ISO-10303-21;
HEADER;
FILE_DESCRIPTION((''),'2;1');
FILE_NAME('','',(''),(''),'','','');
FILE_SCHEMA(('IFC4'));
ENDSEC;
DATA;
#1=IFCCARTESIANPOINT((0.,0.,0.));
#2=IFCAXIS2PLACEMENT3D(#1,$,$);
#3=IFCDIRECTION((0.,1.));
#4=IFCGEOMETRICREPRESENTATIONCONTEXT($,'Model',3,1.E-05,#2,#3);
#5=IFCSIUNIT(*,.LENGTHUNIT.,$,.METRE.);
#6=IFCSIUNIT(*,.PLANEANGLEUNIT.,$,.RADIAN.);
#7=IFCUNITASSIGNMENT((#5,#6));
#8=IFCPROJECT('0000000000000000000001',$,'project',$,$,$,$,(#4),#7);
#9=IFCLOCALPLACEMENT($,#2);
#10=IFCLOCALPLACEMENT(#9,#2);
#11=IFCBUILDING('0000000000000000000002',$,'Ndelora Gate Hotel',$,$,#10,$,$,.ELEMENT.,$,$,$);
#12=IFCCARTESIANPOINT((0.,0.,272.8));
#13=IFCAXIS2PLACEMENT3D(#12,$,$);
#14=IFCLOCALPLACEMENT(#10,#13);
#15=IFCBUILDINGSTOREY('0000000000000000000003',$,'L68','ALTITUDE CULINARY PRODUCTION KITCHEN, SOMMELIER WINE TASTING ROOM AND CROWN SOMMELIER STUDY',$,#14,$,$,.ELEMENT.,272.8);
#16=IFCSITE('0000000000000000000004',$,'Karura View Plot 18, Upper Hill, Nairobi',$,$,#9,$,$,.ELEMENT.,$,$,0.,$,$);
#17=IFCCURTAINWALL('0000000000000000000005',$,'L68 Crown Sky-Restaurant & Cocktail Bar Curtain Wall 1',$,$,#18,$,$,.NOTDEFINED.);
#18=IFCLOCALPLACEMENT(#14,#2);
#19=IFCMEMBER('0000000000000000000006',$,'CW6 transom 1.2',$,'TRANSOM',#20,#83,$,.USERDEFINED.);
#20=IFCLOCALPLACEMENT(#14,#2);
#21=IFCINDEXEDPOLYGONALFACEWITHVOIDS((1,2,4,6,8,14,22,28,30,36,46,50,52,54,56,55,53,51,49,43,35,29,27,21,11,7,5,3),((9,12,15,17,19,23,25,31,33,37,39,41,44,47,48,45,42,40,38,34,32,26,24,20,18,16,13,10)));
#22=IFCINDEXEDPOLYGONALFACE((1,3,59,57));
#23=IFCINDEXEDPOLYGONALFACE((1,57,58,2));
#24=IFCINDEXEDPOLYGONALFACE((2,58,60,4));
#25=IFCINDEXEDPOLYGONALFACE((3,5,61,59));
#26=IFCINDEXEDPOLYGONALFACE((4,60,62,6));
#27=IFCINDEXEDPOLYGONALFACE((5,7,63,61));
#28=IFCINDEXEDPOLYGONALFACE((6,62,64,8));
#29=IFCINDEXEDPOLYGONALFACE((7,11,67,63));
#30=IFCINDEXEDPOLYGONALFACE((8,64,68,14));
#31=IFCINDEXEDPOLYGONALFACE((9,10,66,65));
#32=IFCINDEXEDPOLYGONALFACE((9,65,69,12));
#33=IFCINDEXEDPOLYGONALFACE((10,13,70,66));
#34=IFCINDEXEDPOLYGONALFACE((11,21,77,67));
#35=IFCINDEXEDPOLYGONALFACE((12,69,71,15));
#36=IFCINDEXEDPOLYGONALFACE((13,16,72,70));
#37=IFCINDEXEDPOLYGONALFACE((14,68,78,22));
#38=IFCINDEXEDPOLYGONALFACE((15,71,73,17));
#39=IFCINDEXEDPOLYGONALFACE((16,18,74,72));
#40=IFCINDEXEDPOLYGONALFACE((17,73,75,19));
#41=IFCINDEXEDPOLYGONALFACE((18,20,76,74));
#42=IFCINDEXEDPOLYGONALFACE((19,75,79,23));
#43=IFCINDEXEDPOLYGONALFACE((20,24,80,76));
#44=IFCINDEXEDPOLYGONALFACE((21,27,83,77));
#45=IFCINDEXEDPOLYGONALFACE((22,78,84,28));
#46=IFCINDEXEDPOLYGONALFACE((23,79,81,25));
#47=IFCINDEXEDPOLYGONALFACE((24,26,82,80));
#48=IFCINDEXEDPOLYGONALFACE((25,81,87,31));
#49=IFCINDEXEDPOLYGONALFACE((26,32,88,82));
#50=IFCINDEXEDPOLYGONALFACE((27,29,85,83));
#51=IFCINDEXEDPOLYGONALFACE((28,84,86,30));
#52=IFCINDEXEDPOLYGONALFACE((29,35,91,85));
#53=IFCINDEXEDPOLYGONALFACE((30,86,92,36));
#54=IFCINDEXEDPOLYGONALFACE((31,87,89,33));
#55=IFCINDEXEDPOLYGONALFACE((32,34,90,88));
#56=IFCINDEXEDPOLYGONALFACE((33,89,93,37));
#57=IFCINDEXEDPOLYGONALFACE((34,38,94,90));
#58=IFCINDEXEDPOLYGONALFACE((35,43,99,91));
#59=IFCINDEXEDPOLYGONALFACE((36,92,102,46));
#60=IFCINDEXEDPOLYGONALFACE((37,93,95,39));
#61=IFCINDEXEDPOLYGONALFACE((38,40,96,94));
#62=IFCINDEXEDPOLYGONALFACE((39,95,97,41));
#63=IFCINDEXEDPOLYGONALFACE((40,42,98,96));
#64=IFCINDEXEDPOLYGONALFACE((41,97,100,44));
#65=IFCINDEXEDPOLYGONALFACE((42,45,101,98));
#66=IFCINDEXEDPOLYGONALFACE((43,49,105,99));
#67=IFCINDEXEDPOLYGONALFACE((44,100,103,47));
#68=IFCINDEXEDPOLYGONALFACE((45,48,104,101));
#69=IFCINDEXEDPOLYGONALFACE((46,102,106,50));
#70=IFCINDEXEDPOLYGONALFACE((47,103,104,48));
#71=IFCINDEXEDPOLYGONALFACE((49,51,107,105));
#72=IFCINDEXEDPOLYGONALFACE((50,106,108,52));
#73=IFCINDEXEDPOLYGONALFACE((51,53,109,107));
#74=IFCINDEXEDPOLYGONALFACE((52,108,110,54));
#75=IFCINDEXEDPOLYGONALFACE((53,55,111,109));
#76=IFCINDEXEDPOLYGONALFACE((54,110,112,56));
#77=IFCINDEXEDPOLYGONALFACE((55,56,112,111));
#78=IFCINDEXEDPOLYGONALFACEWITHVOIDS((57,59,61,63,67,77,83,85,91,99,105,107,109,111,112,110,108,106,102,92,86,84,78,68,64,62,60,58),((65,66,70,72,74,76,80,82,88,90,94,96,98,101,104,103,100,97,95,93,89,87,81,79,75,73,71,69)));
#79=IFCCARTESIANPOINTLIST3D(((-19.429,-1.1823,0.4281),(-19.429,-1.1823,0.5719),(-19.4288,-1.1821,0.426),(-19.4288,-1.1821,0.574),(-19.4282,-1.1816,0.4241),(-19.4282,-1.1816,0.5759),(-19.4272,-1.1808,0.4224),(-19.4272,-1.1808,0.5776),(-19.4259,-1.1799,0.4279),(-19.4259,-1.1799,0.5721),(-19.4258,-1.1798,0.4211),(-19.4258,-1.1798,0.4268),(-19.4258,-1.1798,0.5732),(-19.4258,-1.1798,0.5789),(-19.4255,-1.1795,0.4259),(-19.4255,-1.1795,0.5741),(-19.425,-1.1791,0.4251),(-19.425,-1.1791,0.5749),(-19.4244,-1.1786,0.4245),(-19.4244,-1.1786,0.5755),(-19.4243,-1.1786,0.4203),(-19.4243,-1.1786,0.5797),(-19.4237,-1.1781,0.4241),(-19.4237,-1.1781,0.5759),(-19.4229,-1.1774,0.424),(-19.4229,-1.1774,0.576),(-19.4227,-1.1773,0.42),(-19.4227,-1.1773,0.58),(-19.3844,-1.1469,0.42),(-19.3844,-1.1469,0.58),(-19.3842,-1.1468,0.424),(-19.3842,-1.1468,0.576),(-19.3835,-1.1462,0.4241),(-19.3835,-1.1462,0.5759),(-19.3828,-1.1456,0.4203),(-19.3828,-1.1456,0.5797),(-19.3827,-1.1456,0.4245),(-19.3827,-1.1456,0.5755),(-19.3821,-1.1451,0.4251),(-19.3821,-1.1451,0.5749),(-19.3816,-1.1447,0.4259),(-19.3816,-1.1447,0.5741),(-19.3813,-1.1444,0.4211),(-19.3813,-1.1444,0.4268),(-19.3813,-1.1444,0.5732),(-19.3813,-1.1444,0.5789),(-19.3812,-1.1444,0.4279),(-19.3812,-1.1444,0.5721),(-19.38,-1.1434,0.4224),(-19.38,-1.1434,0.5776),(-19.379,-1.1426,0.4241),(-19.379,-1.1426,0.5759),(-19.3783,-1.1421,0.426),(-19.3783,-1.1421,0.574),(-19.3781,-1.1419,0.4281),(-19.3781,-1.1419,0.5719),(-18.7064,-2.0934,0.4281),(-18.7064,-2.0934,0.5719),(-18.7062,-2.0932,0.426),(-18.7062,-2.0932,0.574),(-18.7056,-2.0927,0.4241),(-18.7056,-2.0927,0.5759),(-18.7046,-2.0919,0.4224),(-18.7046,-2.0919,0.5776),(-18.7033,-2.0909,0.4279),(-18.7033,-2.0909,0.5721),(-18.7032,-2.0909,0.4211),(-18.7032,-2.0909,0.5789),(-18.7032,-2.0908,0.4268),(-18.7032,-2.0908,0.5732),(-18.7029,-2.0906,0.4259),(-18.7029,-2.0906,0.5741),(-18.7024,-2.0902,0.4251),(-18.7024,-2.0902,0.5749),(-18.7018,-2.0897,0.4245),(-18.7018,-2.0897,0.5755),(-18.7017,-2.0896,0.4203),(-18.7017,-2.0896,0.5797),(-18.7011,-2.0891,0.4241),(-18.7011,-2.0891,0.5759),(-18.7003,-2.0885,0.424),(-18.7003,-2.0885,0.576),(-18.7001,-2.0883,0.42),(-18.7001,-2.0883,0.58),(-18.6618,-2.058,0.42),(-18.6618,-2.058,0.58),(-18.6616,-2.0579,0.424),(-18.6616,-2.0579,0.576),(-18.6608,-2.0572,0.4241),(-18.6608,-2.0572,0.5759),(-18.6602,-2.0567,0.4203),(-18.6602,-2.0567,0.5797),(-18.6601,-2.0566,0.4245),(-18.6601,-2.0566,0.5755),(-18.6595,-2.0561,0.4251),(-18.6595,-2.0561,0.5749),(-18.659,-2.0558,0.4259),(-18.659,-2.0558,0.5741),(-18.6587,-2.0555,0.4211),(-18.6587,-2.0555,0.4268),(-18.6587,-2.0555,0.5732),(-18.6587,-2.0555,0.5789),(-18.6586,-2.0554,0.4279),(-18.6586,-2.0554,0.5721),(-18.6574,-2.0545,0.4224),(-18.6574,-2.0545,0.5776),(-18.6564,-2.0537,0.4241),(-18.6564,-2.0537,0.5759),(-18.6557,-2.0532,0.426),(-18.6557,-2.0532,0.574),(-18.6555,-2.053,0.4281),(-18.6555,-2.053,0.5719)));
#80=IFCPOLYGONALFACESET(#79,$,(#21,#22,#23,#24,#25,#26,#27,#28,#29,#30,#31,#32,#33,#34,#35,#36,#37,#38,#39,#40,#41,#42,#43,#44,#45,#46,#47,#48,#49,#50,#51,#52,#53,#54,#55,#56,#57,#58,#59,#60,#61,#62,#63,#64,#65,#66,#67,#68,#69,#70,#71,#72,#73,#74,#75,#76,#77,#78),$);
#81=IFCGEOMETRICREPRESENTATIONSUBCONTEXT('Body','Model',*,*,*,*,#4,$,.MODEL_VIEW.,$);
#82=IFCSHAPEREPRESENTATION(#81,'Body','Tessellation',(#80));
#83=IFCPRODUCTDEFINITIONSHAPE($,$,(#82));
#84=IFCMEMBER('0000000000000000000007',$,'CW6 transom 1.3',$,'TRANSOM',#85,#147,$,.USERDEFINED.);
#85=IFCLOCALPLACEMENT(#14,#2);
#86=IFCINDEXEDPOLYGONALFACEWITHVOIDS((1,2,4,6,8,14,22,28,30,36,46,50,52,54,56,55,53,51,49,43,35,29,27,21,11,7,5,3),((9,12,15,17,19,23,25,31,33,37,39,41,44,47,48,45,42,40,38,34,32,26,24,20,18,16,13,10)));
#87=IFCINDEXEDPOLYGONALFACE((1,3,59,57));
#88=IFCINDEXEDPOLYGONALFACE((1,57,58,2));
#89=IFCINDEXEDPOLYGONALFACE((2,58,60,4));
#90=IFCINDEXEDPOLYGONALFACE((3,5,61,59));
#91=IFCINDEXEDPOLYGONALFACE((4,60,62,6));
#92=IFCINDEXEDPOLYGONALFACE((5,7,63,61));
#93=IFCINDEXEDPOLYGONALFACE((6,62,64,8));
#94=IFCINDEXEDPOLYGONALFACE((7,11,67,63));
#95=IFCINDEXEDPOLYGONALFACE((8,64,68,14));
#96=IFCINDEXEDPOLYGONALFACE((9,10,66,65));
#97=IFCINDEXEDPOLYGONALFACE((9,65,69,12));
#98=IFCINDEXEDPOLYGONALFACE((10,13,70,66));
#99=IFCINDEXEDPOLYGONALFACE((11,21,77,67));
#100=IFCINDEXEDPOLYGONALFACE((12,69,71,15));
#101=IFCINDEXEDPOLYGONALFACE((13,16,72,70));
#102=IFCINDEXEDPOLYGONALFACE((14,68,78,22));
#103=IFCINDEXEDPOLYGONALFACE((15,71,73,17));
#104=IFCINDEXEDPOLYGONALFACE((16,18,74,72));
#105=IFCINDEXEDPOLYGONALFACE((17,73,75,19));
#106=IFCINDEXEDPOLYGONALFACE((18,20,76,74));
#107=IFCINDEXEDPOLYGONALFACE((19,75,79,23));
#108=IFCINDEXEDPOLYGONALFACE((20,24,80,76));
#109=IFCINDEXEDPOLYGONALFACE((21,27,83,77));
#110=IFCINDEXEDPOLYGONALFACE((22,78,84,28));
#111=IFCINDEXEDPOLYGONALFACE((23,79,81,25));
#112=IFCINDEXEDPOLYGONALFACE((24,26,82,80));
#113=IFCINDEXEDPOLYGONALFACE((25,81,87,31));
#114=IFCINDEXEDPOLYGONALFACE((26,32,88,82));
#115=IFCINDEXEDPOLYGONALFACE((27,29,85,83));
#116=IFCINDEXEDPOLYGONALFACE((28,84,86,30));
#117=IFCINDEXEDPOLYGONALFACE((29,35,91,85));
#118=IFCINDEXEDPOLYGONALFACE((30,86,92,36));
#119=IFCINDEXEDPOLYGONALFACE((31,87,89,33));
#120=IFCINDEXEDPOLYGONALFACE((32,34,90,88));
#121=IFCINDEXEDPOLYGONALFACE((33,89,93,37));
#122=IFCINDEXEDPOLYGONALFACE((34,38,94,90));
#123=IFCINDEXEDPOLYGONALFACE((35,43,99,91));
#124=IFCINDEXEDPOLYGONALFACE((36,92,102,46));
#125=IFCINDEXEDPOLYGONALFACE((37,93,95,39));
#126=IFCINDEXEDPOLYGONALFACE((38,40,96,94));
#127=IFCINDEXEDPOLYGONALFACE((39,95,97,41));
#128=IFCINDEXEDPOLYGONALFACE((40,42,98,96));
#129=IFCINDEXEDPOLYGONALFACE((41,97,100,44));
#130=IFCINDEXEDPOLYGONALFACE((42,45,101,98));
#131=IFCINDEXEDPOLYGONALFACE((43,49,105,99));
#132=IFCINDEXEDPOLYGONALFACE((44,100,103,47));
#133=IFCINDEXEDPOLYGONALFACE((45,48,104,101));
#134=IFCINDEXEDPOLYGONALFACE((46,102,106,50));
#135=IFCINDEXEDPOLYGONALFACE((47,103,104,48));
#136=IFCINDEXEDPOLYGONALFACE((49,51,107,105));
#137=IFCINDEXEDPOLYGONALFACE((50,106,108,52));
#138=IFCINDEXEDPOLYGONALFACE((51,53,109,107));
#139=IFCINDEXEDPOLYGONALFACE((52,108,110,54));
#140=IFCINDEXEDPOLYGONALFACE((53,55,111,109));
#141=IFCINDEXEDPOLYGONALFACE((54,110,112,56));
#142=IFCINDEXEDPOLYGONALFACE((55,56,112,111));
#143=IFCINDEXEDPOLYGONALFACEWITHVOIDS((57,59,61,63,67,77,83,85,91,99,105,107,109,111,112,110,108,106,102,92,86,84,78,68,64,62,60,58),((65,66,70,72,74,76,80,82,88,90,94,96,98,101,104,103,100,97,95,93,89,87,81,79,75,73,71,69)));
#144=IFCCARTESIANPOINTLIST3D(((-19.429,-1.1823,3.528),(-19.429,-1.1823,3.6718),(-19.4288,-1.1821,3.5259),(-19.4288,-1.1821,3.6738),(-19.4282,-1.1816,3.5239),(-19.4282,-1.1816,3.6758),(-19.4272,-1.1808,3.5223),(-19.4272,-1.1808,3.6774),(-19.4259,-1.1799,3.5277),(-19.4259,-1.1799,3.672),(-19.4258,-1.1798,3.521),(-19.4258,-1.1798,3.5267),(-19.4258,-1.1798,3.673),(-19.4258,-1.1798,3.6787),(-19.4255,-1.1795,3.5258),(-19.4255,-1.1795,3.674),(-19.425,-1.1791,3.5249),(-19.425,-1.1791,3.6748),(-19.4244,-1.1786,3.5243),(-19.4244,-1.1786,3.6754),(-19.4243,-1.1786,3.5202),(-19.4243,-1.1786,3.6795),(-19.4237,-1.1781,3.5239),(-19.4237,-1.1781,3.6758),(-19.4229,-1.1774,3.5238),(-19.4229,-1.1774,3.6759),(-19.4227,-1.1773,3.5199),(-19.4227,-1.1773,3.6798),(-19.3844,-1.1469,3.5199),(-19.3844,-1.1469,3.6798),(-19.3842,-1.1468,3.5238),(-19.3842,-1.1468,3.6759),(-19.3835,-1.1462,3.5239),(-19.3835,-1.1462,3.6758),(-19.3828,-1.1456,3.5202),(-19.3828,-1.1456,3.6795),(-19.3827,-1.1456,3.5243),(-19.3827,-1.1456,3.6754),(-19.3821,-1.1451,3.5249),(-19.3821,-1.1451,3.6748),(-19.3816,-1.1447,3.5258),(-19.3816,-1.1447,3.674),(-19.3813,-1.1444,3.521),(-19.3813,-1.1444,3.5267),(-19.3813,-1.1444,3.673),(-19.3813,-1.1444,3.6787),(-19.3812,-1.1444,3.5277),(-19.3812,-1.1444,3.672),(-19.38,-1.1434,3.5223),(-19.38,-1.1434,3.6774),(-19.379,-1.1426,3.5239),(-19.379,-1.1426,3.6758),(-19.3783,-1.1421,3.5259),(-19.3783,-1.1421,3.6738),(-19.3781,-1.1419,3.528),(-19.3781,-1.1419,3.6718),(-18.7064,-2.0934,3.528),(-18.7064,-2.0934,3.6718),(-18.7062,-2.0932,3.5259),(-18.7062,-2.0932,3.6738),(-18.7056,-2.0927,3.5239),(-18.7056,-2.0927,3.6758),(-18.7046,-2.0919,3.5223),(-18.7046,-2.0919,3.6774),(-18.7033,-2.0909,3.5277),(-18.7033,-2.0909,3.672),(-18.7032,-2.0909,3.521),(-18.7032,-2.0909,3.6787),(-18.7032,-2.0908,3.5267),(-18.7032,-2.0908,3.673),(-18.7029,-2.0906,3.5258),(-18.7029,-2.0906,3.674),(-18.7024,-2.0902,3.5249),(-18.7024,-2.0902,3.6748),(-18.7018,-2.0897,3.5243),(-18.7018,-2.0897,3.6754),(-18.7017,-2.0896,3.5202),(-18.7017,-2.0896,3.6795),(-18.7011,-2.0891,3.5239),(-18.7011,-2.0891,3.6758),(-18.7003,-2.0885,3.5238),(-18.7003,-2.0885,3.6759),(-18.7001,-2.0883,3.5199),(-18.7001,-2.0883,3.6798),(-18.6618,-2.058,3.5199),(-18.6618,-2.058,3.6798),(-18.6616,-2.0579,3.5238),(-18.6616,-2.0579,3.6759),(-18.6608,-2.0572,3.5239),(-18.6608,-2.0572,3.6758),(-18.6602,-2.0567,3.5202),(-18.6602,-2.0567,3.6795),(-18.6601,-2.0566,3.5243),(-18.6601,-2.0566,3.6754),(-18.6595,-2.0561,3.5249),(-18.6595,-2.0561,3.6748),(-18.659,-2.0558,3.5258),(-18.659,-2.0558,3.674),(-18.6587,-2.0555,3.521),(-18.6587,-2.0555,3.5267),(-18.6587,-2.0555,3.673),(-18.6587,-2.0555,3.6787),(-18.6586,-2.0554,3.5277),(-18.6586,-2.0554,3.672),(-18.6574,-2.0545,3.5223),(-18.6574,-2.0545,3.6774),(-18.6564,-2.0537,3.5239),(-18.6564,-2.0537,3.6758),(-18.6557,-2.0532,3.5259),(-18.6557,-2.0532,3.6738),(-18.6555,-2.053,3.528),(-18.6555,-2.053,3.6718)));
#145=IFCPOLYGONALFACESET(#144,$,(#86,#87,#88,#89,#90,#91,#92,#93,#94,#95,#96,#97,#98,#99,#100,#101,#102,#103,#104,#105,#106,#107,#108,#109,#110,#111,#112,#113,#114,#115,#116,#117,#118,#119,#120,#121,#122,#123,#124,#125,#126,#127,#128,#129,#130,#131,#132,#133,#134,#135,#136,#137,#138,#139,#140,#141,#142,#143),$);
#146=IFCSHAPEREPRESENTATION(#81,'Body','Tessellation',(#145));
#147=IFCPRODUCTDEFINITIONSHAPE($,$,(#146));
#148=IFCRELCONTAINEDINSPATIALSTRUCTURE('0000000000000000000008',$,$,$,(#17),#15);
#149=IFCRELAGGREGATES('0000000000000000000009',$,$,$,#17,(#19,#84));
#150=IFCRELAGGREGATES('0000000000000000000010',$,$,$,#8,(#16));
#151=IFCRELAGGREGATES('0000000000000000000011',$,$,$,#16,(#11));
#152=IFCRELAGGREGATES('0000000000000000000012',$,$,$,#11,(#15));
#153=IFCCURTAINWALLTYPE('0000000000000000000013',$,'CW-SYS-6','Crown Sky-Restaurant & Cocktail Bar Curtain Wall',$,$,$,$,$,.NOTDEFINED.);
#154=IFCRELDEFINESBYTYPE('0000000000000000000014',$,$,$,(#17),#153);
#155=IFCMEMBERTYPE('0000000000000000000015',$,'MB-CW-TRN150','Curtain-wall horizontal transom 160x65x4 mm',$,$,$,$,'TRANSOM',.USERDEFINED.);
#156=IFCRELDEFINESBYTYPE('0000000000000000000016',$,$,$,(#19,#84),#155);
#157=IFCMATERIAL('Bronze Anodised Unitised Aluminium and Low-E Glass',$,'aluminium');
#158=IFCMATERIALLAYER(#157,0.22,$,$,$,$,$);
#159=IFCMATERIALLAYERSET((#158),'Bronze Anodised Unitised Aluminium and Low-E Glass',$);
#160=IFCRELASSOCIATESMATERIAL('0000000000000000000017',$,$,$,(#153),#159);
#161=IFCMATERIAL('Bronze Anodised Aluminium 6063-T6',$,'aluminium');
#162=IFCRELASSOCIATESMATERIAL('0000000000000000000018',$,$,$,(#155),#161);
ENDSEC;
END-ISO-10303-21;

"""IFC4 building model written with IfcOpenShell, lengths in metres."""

from ifc_helpers import new_model, si_unit, direction, frame, origin, origin_2d, place, context, subcontext, project, spatial, hollow_rectangle, extrude, material, layer, layer_set, material_profile, profile_set, type_object, element, aggregate, save


model = new_model("IFC4")

# Units and contexts
model_context = context("Model", 3, precision=1e-05, world=origin(), true_north=direction((0.0, 1.0)))
body_context = subcontext(model_context, "Body", "Model", "MODEL_VIEW")
ifc_project = project(units=[si_unit("LENGTHUNIT", "METRE"), si_unit("PLANEANGLEUNIT", "RADIAN")], contexts=[model_context])

# Site, building, storey
site_placement = place(None, origin())
site = spatial("IfcSite", under=ifc_project, at=site_placement, Name="Karura View Plot 18, Upper Hill, Nairobi", CompositionType="ELEMENT", RefElevation=0.0)
building_placement = place(site_placement, origin())
building = spatial("IfcBuilding", under=site, at=building_placement, Name="Ndelora Gate Hotel", CompositionType="ELEMENT")
storey_placement = place(building_placement, frame((0.0, 0.0, 272.8)))
storey = spatial("IfcBuildingStorey", under=building, at=storey_placement, Name="L68", Description="ALTITUDE CULINARY PRODUCTION KITCHEN, SOMMELIER WINE TASTING ROOM AND CROWN SOMMELIER STUDY", CompositionType="ELEMENT", Elevation=272.8)

# Curtain wall, members
ifc_material_1 = material(Name="Bronze Anodised Unitised Aluminium and Low-E Glass", Category="aluminium")
ifc_layer_1 = layer(ifc_material_1, 0.22)
ifc_layer_set_1 = layer_set([ifc_layer_1], Name="Bronze Anodised Unitised Aluminium and Low-E Glass")
curtain_wall_type = type_object("IfcCurtainWallType", Name="CW-SYS-6", Description="Crown Sky-Restaurant & Cocktail Bar Curtain Wall", PredefinedType="NOTDEFINED", material=ifc_layer_set_1)
curtain_wall_placement = place(storey_placement, origin())
curtain_wall = element("IfcCurtainWall", 1, at=curtain_wall_placement, inside=storey, type_object=curtain_wall_type, Name="L68 Crown Sky-Restaurant & Cocktail Bar Curtain Wall 1", PredefinedType="NOTDEFINED")
ifc_material_2 = material(Name="Bronze Anodised Aluminium 6063-T6", Category="aluminium")
ifc_material_profile_1 = material_profile(ifc_material_2, hollow_rectangle(XDim=0.0649, YDim=0.1599, WallThickness=0.0039, InnerFilletRadius=0.0039, OuterFilletRadius=0.0081, at=origin_2d()), Name="ALU 160x65x4")
ifc_profile_set_1 = profile_set([ifc_material_profile_1], Name="Bronze Anodised Aluminium 6063-T6")
member_type_1 = type_object("IfcMemberType", Name="MB-CW-TRN150", Description="Curtain-wall horizontal transom 160x65x4 mm", ElementType="TRANSOM", PredefinedType="USERDEFINED", material=ifc_profile_set_1)
member_1_placement = place(storey_placement, frame((-19.4036, -1.1621, 0.5), z_axis=(0.621412, -0.783484, 0.0), x_axis=(0.783484, 0.621412, 0.0)))
member_1 = element("IfcMember", 2, at=member_1_placement, type_object=member_type_1, Name="CW6 transom 1.2", ObjectType="TRANSOM", PredefinedType="USERDEFINED", context=body_context, shape_type="SweptSolid", body=[
    extrude(hollow_rectangle(XDim=0.0649, YDim=0.1599, WallThickness=0.0039, InnerFilletRadius=0.0039, OuterFilletRadius=0.0081, at=origin_2d()), origin(), (0.0, 0.0, 1.0), 1.1628),
])
member_2_placement = place(storey_placement, frame((-19.4036, -1.1621, 3.5999), z_axis=(0.621412, -0.783484, 0.0), x_axis=(0.783484, 0.621412, 0.0)))
member_2 = element("IfcMember", 3, at=member_2_placement, type_object=member_type_1, Name="CW6 transom 1.3", ObjectType="TRANSOM", PredefinedType="USERDEFINED", context=body_context, shape_type="SweptSolid", body=[
    extrude(hollow_rectangle(XDim=0.0649, YDim=0.1599, WallThickness=0.0039, InnerFilletRadius=0.0039, OuterFilletRadius=0.0081, at=origin_2d()), origin(), (0.0, 0.0, 1.0), 1.1628),
])
aggregate(curtain_wall, [member_1, member_2])

save(model, "model.ifc")
